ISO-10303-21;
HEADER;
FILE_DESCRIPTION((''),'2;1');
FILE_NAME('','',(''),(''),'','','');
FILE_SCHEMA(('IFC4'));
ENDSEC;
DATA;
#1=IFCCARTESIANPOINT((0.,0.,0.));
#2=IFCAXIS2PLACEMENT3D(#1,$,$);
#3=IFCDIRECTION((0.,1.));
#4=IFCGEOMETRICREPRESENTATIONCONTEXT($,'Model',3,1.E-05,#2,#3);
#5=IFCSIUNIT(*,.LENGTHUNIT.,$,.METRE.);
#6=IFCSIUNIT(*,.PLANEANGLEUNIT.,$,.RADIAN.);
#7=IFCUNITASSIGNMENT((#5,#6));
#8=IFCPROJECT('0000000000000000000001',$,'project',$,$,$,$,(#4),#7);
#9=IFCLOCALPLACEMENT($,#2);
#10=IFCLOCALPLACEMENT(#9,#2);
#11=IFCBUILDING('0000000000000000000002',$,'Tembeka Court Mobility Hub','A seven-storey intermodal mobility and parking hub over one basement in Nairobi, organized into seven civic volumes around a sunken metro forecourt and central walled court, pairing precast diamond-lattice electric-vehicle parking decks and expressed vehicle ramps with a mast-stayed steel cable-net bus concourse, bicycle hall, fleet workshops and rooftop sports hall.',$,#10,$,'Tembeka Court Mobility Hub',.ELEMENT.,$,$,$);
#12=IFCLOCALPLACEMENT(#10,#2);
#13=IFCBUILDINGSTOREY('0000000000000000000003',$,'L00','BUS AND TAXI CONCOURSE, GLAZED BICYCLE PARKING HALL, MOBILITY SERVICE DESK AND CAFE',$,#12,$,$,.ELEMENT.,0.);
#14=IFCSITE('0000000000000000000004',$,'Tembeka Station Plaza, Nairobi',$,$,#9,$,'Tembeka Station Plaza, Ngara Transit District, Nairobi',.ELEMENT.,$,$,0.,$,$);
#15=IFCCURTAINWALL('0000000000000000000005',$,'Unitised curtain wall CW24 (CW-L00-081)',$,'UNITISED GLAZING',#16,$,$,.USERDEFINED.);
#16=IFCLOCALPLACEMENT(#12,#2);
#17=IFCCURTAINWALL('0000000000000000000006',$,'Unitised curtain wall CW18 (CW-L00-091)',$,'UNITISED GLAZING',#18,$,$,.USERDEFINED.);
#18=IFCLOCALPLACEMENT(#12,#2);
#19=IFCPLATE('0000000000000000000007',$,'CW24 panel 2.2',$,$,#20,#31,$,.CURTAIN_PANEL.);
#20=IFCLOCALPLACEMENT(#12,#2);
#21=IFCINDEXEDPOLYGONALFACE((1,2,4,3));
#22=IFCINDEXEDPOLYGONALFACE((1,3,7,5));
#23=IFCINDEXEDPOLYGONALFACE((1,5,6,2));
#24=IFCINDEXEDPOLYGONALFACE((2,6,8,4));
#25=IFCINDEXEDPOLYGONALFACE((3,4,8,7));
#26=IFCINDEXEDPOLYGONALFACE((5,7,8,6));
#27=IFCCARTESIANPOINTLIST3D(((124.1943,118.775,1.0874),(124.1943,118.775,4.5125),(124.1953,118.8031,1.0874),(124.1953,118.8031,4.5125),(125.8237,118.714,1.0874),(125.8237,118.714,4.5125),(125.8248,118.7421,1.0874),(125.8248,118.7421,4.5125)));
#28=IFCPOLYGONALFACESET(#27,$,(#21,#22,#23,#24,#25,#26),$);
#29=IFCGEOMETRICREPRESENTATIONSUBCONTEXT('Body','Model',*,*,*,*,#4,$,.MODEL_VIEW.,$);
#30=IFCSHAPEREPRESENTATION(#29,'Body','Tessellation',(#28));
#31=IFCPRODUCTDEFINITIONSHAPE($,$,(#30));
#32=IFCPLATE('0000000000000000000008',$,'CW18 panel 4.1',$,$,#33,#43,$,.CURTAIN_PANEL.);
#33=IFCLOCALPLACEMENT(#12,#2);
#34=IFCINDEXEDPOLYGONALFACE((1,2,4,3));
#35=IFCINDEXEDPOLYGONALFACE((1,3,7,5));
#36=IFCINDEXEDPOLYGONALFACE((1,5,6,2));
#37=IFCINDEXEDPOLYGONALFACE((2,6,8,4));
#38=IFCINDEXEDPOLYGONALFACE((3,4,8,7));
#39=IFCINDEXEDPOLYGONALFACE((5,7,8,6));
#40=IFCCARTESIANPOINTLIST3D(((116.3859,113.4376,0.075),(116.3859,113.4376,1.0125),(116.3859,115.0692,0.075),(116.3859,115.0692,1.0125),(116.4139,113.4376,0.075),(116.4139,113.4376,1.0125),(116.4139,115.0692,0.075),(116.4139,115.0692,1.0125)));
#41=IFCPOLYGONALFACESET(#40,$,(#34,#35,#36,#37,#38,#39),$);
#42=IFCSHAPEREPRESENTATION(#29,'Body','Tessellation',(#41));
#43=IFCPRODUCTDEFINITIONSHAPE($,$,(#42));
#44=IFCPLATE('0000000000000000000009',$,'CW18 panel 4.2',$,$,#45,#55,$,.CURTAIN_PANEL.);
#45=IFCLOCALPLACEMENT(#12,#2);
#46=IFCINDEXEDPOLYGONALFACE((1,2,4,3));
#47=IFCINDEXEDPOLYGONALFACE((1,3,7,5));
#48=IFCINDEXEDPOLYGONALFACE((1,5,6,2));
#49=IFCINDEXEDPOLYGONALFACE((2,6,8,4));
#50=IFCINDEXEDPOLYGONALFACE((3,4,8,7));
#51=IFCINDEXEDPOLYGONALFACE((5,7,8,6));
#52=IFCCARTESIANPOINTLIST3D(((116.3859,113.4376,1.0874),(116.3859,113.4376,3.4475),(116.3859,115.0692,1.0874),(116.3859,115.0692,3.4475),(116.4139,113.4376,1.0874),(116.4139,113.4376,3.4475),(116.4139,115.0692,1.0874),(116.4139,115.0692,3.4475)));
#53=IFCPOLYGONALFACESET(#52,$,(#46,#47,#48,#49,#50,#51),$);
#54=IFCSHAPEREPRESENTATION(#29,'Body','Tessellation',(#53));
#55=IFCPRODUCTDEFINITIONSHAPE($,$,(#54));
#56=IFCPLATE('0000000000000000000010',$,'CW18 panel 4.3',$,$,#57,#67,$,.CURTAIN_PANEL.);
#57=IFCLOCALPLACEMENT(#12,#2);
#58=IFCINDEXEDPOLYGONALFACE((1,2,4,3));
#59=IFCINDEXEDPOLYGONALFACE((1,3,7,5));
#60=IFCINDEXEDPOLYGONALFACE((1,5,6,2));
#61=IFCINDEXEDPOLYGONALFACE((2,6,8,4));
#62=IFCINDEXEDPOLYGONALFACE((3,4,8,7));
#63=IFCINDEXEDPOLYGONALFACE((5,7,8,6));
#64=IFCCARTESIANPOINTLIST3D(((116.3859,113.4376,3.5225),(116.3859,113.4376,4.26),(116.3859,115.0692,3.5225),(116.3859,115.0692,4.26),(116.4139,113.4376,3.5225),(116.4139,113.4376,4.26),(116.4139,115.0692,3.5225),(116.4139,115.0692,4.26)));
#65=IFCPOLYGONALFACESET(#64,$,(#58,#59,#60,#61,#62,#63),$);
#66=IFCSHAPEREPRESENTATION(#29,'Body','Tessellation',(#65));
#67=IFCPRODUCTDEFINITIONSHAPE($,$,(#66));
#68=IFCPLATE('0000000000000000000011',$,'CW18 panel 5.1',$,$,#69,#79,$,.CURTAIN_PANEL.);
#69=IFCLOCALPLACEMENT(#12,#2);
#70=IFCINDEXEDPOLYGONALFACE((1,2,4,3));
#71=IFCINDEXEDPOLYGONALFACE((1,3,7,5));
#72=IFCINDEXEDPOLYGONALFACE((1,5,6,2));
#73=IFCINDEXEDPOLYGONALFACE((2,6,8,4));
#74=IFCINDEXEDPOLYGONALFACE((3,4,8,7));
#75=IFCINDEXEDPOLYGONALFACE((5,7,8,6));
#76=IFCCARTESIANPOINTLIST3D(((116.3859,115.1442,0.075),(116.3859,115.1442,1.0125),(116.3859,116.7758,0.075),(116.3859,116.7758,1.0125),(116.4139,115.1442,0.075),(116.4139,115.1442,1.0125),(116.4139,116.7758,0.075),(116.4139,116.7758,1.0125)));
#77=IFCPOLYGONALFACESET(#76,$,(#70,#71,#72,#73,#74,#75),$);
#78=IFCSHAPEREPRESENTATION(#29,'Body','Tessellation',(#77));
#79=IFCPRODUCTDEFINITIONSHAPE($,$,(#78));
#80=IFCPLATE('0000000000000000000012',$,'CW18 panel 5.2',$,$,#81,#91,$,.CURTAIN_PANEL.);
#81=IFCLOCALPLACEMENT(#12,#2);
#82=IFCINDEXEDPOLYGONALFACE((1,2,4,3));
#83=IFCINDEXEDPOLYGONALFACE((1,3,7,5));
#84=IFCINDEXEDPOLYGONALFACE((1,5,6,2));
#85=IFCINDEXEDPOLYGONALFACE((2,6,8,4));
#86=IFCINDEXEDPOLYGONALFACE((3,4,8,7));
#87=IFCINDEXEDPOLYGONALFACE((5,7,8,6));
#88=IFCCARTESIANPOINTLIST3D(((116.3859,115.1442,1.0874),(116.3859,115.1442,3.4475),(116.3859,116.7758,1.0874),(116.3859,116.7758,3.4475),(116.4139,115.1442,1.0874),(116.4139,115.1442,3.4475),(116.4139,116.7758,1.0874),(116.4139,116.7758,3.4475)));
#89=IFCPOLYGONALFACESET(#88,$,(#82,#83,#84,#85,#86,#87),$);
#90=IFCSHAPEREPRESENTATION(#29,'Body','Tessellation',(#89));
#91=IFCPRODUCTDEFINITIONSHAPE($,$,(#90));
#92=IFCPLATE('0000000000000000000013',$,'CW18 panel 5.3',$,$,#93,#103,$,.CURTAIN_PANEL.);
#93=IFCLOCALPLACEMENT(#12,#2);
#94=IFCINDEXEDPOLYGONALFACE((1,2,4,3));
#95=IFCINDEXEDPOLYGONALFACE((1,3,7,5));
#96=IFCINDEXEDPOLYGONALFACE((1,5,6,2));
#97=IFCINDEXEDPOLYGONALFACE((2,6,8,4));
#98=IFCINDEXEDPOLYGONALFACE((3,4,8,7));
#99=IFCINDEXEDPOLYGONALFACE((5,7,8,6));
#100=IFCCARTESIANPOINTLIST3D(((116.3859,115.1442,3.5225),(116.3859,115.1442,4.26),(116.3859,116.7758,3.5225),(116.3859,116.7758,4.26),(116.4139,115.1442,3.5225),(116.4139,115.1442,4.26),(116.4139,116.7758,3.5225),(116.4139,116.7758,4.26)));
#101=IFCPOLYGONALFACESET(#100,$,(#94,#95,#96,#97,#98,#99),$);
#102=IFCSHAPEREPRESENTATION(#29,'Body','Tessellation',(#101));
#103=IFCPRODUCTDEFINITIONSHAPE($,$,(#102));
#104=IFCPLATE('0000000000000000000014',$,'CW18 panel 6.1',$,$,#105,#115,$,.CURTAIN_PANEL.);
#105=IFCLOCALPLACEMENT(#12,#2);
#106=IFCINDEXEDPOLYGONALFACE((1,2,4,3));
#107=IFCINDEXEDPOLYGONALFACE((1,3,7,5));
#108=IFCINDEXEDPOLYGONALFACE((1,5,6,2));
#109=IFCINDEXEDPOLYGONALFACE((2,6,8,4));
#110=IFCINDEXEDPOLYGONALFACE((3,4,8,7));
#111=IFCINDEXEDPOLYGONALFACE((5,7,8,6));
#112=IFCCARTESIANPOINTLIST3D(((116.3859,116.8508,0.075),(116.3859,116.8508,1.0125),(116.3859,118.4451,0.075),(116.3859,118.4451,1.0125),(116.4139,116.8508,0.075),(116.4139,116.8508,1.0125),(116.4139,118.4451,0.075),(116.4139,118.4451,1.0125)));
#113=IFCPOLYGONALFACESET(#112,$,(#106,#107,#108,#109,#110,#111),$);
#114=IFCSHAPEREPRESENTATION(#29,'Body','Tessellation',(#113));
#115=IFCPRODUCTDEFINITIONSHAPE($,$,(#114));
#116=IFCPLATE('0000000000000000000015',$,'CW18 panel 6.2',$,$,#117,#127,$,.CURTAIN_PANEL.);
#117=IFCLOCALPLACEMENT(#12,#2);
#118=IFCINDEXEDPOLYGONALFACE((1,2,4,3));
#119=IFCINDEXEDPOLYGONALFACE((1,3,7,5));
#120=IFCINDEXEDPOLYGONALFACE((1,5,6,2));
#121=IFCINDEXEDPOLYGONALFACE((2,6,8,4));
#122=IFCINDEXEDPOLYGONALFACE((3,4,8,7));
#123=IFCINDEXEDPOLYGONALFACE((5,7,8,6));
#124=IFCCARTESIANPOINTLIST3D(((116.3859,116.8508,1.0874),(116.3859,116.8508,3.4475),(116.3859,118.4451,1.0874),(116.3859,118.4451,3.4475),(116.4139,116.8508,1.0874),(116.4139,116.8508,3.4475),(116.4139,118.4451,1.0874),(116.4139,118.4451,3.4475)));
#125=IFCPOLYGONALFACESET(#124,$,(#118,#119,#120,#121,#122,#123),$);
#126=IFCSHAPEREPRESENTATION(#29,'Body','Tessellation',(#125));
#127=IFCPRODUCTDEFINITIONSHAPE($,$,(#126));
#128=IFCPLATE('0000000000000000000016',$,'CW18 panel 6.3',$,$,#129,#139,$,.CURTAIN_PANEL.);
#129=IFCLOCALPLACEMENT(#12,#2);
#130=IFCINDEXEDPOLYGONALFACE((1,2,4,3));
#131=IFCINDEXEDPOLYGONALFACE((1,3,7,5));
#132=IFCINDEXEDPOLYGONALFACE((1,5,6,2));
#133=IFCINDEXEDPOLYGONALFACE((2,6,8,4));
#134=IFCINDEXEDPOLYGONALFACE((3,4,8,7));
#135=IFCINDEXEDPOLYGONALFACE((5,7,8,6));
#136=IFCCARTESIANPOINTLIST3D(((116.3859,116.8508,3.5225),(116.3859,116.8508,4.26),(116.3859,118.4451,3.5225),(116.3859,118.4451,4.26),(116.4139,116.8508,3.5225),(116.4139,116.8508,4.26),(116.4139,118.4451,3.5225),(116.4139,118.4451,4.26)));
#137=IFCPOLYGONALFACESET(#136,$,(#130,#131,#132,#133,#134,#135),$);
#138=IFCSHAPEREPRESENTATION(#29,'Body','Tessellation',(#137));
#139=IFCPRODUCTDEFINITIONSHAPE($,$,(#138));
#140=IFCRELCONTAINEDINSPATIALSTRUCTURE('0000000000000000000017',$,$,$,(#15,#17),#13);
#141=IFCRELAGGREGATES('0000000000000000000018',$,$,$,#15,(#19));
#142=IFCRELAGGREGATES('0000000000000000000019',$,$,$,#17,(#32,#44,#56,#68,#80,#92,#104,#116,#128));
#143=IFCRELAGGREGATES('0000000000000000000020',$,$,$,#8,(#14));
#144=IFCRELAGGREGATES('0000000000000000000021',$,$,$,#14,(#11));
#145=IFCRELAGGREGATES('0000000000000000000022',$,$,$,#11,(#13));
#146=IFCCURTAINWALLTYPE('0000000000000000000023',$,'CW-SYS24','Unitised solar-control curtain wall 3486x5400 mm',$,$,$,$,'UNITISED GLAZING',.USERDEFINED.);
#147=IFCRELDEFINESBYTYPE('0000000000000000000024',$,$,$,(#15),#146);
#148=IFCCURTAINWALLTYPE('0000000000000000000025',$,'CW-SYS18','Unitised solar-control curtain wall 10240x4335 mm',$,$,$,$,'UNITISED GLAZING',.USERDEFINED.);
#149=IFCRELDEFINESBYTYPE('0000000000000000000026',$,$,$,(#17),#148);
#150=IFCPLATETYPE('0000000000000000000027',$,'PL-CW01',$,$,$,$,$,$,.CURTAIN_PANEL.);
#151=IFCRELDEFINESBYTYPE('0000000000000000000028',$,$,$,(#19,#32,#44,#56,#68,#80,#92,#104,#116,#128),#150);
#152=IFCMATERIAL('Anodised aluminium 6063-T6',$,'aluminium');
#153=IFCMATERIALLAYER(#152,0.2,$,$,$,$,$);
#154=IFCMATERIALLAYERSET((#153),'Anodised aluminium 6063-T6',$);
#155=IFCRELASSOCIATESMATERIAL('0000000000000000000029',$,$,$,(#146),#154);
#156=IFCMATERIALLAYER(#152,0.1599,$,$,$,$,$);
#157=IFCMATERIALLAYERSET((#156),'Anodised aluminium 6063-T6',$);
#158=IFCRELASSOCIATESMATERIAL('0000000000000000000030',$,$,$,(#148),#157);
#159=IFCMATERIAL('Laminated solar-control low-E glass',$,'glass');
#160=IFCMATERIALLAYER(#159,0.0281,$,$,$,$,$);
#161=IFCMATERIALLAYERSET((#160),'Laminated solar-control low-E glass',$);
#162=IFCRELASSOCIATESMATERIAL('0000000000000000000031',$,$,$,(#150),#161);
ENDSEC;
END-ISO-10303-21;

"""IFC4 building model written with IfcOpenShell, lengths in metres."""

from ifc_helpers import new_model, si_unit, direction, frame, origin, origin_2d, place, context, subcontext, project, spatial, rectangle, extrude, material, layer, layer_set, type_object, element, aggregate, save


model = new_model("IFC4")

# Units and contexts
model_context = context("Model", 3, precision=1e-05, world=origin(), true_north=direction((0.0, 1.0)))
body_context = subcontext(model_context, "Body", "Model", "MODEL_VIEW")
ifc_project = project(units=[si_unit("LENGTHUNIT", "METRE"), si_unit("PLANEANGLEUNIT", "RADIAN")], contexts=[model_context])

# Site, building, storey
site_placement = place(None, origin())
site = spatial("IfcSite", under=ifc_project, at=site_placement, Name="Tembeka Station Plaza, Nairobi", LongName="Tembeka Station Plaza, Ngara Transit District, Nairobi", CompositionType="ELEMENT", RefElevation=0.0)
building_placement = place(site_placement, origin())
building = spatial("IfcBuilding", under=site, at=building_placement, Name="Tembeka Court Mobility Hub", Description="A seven-storey intermodal mobility and parking hub over one basement in Nairobi, organized into seven civic volumes around a sunken metro forecourt and central walled court, pairing precast diamond-lattice electric-vehicle parking decks and expressed vehicle ramps with a mast-stayed steel cable-net bus concourse, bicycle hall, fleet workshops and rooftop sports hall.", LongName="Tembeka Court Mobility Hub", CompositionType="ELEMENT")
storey_placement = place(building_placement, origin())
storey = spatial("IfcBuildingStorey", under=building, at=storey_placement, Name="L00", Description="BUS AND TAXI CONCOURSE, GLAZED BICYCLE PARKING HALL, MOBILITY SERVICE DESK AND CAFE", CompositionType="ELEMENT", Elevation=0.0)

# Curtain wall
ifc_material_1 = material(Name="Anodised aluminium 6063-T6", Category="aluminium")
ifc_layer_1 = layer(ifc_material_1, 0.2)
ifc_layer_set_1 = layer_set([ifc_layer_1], Name="Anodised aluminium 6063-T6")
curtain_wall_type_1 = type_object("IfcCurtainWallType", Name="CW-SYS24", Description="Unitised solar-control curtain wall 3486x5400 mm", ElementType="UNITISED GLAZING", PredefinedType="USERDEFINED", material=ifc_layer_set_1)
curtain_wall_1_placement = place(storey_placement, origin())
curtain_wall_1 = element("IfcCurtainWall", 1, at=curtain_wall_1_placement, inside=storey, type_object=curtain_wall_type_1, Name="Unitised curtain wall CW24 (CW-L00-081)", ObjectType="UNITISED GLAZING", PredefinedType="USERDEFINED")

# Curtain wall
ifc_layer_2 = layer(ifc_material_1, 0.1599)
ifc_layer_set_2 = layer_set([ifc_layer_2], Name="Anodised aluminium 6063-T6")
curtain_wall_type_2 = type_object("IfcCurtainWallType", Name="CW-SYS18", Description="Unitised solar-control curtain wall 10240x4335 mm", ElementType="UNITISED GLAZING", PredefinedType="USERDEFINED", material=ifc_layer_set_2)
curtain_wall_2_placement = place(storey_placement, origin())
curtain_wall_2 = element("IfcCurtainWall", 2, at=curtain_wall_2_placement, inside=storey, type_object=curtain_wall_type_2, Name="Unitised curtain wall CW18 (CW-L00-091)", ObjectType="UNITISED GLAZING", PredefinedType="USERDEFINED")

# Plates
ifc_material_2 = material(Name="Laminated solar-control low-E glass", Category="glass")
ifc_layer_3 = layer(ifc_material_2, 0.0281)
ifc_layer_set_3 = layer_set([ifc_layer_3], Name="Laminated solar-control low-E glass")
plate_type = type_object("IfcPlateType", Name="PL-CW01", PredefinedType="CURTAIN_PANEL", material=ifc_layer_set_3)
plate_1_placement = place(storey_placement, frame((125.0095, 118.7585, 1.0874), z_axis=(0.0, 0.0, 1.0), x_axis=(-0.9993, 0.037405, 0.0)))
plate_1 = element("IfcPlate", 3, at=plate_1_placement, type_object=plate_type, Name="CW24 panel 2.2", PredefinedType="CURTAIN_PANEL", context=body_context, shape_type="SweptSolid", body=[
    extrude(rectangle(XDim=1.6306, YDim=0.0281, at=origin_2d()), origin(), (0.0, 0.0, 1.0), 3.425),
])
aggregate(curtain_wall_1, [plate_1])
plate_2_placement = place(storey_placement, frame((116.3999, 114.2534, 0.075), z_axis=(0.0, 0.0, 1.0), x_axis=(0.0, 1.0, 0.0)))
plate_2 = element("IfcPlate", 4, at=plate_2_placement, type_object=plate_type, Name="CW18 panel 4.1", PredefinedType="CURTAIN_PANEL", context=body_context, shape_type="SweptSolid", body=[
    extrude(rectangle(XDim=1.6316, YDim=0.0281, at=origin_2d()), origin(), (0.0, 0.0, 1.0), 0.9375),
])
plate_3_placement = place(storey_placement, frame((116.3999, 114.2534, 1.0874), z_axis=(0.0, 0.0, 1.0), x_axis=(0.0, 1.0, 0.0)))
plate_3 = element("IfcPlate", 5, at=plate_3_placement, type_object=plate_type, Name="CW18 panel 4.2", PredefinedType="CURTAIN_PANEL", context=body_context, shape_type="SweptSolid", body=[
    extrude(rectangle(XDim=1.6316, YDim=0.0281, at=origin_2d()), origin(), (0.0, 0.0, 1.0), 2.3601),
])
plate_4_placement = place(storey_placement, frame((116.3999, 114.2534, 3.5225), z_axis=(0.0, 0.0, 1.0), x_axis=(0.0, 1.0, 0.0)))
plate_4 = element("IfcPlate", 6, at=plate_4_placement, type_object=plate_type, Name="CW18 panel 4.3", PredefinedType="CURTAIN_PANEL", context=body_context, shape_type="SweptSolid", body=[
    extrude(rectangle(XDim=1.6316, YDim=0.0281, at=origin_2d()), origin(), (0.0, 0.0, 1.0), 0.7375),
])
plate_5_placement = place(storey_placement, frame((116.3999, 115.96, 0.075), z_axis=(0.0, 0.0, 1.0), x_axis=(0.0, 1.0, 0.0)))
plate_5 = element("IfcPlate", 7, at=plate_5_placement, type_object=plate_type, Name="CW18 panel 5.1", PredefinedType="CURTAIN_PANEL", context=body_context, shape_type="SweptSolid", body=[
    extrude(rectangle(XDim=1.6316, YDim=0.0281, at=origin_2d()), origin(), (0.0, 0.0, 1.0), 0.9375),
])
plate_6_placement = place(storey_placement, frame((116.3999, 115.96, 1.0874), z_axis=(0.0, 0.0, 1.0), x_axis=(0.0, 1.0, 0.0)))
plate_6 = element("IfcPlate", 8, at=plate_6_placement, type_object=plate_type, Name="CW18 panel 5.2", PredefinedType="CURTAIN_PANEL", context=body_context, shape_type="SweptSolid", body=[
    extrude(rectangle(XDim=1.6316, YDim=0.0281, at=origin_2d()), origin(), (0.0, 0.0, 1.0), 2.3601),
])
plate_7_placement = place(storey_placement, frame((116.3999, 115.96, 3.5225), z_axis=(0.0, 0.0, 1.0), x_axis=(0.0, 1.0, 0.0)))
plate_7 = element("IfcPlate", 9, at=plate_7_placement, type_object=plate_type, Name="CW18 panel 5.3", PredefinedType="CURTAIN_PANEL", context=body_context, shape_type="SweptSolid", body=[
    extrude(rectangle(XDim=1.6316, YDim=0.0281, at=origin_2d()), origin(), (0.0, 0.0, 1.0), 0.7375),
])
plate_8_placement = place(storey_placement, frame((116.3999, 117.6479, 0.075), z_axis=(0.0, 0.0, 1.0), x_axis=(0.0, 1.0, 0.0)))
plate_8 = element("IfcPlate", 10, at=plate_8_placement, type_object=plate_type, Name="CW18 panel 6.1", PredefinedType="CURTAIN_PANEL", context=body_context, shape_type="SweptSolid", body=[
    extrude(rectangle(XDim=1.5942, YDim=0.0281, at=origin_2d()), origin(), (0.0, 0.0, 1.0), 0.9375),
])
plate_9_placement = place(storey_placement, frame((116.3999, 117.6479, 1.0874), z_axis=(0.0, 0.0, 1.0), x_axis=(0.0, 1.0, 0.0)))
plate_9 = element("IfcPlate", 11, at=plate_9_placement, type_object=plate_type, Name="CW18 panel 6.2", PredefinedType="CURTAIN_PANEL", context=body_context, shape_type="SweptSolid", body=[
    extrude(rectangle(XDim=1.5942, YDim=0.0281, at=origin_2d()), origin(), (0.0, 0.0, 1.0), 2.3601),
])
plate_10_placement = place(storey_placement, frame((116.3999, 117.6479, 3.5225), z_axis=(0.0, 0.0, 1.0), x_axis=(0.0, 1.0, 0.0)))
plate_10 = element("IfcPlate", 12, at=plate_10_placement, type_object=plate_type, Name="CW18 panel 6.3", PredefinedType="CURTAIN_PANEL", context=body_context, shape_type="SweptSolid", body=[
    extrude(rectangle(XDim=1.5942, YDim=0.0281, at=origin_2d()), origin(), (0.0, 0.0, 1.0), 0.7375),
])
aggregate(curtain_wall_2, [plate_2, plate_3, plate_4, plate_5, plate_6, plate_7, plate_8, plate_9, plate_10])

save(model, "model.ifc")
